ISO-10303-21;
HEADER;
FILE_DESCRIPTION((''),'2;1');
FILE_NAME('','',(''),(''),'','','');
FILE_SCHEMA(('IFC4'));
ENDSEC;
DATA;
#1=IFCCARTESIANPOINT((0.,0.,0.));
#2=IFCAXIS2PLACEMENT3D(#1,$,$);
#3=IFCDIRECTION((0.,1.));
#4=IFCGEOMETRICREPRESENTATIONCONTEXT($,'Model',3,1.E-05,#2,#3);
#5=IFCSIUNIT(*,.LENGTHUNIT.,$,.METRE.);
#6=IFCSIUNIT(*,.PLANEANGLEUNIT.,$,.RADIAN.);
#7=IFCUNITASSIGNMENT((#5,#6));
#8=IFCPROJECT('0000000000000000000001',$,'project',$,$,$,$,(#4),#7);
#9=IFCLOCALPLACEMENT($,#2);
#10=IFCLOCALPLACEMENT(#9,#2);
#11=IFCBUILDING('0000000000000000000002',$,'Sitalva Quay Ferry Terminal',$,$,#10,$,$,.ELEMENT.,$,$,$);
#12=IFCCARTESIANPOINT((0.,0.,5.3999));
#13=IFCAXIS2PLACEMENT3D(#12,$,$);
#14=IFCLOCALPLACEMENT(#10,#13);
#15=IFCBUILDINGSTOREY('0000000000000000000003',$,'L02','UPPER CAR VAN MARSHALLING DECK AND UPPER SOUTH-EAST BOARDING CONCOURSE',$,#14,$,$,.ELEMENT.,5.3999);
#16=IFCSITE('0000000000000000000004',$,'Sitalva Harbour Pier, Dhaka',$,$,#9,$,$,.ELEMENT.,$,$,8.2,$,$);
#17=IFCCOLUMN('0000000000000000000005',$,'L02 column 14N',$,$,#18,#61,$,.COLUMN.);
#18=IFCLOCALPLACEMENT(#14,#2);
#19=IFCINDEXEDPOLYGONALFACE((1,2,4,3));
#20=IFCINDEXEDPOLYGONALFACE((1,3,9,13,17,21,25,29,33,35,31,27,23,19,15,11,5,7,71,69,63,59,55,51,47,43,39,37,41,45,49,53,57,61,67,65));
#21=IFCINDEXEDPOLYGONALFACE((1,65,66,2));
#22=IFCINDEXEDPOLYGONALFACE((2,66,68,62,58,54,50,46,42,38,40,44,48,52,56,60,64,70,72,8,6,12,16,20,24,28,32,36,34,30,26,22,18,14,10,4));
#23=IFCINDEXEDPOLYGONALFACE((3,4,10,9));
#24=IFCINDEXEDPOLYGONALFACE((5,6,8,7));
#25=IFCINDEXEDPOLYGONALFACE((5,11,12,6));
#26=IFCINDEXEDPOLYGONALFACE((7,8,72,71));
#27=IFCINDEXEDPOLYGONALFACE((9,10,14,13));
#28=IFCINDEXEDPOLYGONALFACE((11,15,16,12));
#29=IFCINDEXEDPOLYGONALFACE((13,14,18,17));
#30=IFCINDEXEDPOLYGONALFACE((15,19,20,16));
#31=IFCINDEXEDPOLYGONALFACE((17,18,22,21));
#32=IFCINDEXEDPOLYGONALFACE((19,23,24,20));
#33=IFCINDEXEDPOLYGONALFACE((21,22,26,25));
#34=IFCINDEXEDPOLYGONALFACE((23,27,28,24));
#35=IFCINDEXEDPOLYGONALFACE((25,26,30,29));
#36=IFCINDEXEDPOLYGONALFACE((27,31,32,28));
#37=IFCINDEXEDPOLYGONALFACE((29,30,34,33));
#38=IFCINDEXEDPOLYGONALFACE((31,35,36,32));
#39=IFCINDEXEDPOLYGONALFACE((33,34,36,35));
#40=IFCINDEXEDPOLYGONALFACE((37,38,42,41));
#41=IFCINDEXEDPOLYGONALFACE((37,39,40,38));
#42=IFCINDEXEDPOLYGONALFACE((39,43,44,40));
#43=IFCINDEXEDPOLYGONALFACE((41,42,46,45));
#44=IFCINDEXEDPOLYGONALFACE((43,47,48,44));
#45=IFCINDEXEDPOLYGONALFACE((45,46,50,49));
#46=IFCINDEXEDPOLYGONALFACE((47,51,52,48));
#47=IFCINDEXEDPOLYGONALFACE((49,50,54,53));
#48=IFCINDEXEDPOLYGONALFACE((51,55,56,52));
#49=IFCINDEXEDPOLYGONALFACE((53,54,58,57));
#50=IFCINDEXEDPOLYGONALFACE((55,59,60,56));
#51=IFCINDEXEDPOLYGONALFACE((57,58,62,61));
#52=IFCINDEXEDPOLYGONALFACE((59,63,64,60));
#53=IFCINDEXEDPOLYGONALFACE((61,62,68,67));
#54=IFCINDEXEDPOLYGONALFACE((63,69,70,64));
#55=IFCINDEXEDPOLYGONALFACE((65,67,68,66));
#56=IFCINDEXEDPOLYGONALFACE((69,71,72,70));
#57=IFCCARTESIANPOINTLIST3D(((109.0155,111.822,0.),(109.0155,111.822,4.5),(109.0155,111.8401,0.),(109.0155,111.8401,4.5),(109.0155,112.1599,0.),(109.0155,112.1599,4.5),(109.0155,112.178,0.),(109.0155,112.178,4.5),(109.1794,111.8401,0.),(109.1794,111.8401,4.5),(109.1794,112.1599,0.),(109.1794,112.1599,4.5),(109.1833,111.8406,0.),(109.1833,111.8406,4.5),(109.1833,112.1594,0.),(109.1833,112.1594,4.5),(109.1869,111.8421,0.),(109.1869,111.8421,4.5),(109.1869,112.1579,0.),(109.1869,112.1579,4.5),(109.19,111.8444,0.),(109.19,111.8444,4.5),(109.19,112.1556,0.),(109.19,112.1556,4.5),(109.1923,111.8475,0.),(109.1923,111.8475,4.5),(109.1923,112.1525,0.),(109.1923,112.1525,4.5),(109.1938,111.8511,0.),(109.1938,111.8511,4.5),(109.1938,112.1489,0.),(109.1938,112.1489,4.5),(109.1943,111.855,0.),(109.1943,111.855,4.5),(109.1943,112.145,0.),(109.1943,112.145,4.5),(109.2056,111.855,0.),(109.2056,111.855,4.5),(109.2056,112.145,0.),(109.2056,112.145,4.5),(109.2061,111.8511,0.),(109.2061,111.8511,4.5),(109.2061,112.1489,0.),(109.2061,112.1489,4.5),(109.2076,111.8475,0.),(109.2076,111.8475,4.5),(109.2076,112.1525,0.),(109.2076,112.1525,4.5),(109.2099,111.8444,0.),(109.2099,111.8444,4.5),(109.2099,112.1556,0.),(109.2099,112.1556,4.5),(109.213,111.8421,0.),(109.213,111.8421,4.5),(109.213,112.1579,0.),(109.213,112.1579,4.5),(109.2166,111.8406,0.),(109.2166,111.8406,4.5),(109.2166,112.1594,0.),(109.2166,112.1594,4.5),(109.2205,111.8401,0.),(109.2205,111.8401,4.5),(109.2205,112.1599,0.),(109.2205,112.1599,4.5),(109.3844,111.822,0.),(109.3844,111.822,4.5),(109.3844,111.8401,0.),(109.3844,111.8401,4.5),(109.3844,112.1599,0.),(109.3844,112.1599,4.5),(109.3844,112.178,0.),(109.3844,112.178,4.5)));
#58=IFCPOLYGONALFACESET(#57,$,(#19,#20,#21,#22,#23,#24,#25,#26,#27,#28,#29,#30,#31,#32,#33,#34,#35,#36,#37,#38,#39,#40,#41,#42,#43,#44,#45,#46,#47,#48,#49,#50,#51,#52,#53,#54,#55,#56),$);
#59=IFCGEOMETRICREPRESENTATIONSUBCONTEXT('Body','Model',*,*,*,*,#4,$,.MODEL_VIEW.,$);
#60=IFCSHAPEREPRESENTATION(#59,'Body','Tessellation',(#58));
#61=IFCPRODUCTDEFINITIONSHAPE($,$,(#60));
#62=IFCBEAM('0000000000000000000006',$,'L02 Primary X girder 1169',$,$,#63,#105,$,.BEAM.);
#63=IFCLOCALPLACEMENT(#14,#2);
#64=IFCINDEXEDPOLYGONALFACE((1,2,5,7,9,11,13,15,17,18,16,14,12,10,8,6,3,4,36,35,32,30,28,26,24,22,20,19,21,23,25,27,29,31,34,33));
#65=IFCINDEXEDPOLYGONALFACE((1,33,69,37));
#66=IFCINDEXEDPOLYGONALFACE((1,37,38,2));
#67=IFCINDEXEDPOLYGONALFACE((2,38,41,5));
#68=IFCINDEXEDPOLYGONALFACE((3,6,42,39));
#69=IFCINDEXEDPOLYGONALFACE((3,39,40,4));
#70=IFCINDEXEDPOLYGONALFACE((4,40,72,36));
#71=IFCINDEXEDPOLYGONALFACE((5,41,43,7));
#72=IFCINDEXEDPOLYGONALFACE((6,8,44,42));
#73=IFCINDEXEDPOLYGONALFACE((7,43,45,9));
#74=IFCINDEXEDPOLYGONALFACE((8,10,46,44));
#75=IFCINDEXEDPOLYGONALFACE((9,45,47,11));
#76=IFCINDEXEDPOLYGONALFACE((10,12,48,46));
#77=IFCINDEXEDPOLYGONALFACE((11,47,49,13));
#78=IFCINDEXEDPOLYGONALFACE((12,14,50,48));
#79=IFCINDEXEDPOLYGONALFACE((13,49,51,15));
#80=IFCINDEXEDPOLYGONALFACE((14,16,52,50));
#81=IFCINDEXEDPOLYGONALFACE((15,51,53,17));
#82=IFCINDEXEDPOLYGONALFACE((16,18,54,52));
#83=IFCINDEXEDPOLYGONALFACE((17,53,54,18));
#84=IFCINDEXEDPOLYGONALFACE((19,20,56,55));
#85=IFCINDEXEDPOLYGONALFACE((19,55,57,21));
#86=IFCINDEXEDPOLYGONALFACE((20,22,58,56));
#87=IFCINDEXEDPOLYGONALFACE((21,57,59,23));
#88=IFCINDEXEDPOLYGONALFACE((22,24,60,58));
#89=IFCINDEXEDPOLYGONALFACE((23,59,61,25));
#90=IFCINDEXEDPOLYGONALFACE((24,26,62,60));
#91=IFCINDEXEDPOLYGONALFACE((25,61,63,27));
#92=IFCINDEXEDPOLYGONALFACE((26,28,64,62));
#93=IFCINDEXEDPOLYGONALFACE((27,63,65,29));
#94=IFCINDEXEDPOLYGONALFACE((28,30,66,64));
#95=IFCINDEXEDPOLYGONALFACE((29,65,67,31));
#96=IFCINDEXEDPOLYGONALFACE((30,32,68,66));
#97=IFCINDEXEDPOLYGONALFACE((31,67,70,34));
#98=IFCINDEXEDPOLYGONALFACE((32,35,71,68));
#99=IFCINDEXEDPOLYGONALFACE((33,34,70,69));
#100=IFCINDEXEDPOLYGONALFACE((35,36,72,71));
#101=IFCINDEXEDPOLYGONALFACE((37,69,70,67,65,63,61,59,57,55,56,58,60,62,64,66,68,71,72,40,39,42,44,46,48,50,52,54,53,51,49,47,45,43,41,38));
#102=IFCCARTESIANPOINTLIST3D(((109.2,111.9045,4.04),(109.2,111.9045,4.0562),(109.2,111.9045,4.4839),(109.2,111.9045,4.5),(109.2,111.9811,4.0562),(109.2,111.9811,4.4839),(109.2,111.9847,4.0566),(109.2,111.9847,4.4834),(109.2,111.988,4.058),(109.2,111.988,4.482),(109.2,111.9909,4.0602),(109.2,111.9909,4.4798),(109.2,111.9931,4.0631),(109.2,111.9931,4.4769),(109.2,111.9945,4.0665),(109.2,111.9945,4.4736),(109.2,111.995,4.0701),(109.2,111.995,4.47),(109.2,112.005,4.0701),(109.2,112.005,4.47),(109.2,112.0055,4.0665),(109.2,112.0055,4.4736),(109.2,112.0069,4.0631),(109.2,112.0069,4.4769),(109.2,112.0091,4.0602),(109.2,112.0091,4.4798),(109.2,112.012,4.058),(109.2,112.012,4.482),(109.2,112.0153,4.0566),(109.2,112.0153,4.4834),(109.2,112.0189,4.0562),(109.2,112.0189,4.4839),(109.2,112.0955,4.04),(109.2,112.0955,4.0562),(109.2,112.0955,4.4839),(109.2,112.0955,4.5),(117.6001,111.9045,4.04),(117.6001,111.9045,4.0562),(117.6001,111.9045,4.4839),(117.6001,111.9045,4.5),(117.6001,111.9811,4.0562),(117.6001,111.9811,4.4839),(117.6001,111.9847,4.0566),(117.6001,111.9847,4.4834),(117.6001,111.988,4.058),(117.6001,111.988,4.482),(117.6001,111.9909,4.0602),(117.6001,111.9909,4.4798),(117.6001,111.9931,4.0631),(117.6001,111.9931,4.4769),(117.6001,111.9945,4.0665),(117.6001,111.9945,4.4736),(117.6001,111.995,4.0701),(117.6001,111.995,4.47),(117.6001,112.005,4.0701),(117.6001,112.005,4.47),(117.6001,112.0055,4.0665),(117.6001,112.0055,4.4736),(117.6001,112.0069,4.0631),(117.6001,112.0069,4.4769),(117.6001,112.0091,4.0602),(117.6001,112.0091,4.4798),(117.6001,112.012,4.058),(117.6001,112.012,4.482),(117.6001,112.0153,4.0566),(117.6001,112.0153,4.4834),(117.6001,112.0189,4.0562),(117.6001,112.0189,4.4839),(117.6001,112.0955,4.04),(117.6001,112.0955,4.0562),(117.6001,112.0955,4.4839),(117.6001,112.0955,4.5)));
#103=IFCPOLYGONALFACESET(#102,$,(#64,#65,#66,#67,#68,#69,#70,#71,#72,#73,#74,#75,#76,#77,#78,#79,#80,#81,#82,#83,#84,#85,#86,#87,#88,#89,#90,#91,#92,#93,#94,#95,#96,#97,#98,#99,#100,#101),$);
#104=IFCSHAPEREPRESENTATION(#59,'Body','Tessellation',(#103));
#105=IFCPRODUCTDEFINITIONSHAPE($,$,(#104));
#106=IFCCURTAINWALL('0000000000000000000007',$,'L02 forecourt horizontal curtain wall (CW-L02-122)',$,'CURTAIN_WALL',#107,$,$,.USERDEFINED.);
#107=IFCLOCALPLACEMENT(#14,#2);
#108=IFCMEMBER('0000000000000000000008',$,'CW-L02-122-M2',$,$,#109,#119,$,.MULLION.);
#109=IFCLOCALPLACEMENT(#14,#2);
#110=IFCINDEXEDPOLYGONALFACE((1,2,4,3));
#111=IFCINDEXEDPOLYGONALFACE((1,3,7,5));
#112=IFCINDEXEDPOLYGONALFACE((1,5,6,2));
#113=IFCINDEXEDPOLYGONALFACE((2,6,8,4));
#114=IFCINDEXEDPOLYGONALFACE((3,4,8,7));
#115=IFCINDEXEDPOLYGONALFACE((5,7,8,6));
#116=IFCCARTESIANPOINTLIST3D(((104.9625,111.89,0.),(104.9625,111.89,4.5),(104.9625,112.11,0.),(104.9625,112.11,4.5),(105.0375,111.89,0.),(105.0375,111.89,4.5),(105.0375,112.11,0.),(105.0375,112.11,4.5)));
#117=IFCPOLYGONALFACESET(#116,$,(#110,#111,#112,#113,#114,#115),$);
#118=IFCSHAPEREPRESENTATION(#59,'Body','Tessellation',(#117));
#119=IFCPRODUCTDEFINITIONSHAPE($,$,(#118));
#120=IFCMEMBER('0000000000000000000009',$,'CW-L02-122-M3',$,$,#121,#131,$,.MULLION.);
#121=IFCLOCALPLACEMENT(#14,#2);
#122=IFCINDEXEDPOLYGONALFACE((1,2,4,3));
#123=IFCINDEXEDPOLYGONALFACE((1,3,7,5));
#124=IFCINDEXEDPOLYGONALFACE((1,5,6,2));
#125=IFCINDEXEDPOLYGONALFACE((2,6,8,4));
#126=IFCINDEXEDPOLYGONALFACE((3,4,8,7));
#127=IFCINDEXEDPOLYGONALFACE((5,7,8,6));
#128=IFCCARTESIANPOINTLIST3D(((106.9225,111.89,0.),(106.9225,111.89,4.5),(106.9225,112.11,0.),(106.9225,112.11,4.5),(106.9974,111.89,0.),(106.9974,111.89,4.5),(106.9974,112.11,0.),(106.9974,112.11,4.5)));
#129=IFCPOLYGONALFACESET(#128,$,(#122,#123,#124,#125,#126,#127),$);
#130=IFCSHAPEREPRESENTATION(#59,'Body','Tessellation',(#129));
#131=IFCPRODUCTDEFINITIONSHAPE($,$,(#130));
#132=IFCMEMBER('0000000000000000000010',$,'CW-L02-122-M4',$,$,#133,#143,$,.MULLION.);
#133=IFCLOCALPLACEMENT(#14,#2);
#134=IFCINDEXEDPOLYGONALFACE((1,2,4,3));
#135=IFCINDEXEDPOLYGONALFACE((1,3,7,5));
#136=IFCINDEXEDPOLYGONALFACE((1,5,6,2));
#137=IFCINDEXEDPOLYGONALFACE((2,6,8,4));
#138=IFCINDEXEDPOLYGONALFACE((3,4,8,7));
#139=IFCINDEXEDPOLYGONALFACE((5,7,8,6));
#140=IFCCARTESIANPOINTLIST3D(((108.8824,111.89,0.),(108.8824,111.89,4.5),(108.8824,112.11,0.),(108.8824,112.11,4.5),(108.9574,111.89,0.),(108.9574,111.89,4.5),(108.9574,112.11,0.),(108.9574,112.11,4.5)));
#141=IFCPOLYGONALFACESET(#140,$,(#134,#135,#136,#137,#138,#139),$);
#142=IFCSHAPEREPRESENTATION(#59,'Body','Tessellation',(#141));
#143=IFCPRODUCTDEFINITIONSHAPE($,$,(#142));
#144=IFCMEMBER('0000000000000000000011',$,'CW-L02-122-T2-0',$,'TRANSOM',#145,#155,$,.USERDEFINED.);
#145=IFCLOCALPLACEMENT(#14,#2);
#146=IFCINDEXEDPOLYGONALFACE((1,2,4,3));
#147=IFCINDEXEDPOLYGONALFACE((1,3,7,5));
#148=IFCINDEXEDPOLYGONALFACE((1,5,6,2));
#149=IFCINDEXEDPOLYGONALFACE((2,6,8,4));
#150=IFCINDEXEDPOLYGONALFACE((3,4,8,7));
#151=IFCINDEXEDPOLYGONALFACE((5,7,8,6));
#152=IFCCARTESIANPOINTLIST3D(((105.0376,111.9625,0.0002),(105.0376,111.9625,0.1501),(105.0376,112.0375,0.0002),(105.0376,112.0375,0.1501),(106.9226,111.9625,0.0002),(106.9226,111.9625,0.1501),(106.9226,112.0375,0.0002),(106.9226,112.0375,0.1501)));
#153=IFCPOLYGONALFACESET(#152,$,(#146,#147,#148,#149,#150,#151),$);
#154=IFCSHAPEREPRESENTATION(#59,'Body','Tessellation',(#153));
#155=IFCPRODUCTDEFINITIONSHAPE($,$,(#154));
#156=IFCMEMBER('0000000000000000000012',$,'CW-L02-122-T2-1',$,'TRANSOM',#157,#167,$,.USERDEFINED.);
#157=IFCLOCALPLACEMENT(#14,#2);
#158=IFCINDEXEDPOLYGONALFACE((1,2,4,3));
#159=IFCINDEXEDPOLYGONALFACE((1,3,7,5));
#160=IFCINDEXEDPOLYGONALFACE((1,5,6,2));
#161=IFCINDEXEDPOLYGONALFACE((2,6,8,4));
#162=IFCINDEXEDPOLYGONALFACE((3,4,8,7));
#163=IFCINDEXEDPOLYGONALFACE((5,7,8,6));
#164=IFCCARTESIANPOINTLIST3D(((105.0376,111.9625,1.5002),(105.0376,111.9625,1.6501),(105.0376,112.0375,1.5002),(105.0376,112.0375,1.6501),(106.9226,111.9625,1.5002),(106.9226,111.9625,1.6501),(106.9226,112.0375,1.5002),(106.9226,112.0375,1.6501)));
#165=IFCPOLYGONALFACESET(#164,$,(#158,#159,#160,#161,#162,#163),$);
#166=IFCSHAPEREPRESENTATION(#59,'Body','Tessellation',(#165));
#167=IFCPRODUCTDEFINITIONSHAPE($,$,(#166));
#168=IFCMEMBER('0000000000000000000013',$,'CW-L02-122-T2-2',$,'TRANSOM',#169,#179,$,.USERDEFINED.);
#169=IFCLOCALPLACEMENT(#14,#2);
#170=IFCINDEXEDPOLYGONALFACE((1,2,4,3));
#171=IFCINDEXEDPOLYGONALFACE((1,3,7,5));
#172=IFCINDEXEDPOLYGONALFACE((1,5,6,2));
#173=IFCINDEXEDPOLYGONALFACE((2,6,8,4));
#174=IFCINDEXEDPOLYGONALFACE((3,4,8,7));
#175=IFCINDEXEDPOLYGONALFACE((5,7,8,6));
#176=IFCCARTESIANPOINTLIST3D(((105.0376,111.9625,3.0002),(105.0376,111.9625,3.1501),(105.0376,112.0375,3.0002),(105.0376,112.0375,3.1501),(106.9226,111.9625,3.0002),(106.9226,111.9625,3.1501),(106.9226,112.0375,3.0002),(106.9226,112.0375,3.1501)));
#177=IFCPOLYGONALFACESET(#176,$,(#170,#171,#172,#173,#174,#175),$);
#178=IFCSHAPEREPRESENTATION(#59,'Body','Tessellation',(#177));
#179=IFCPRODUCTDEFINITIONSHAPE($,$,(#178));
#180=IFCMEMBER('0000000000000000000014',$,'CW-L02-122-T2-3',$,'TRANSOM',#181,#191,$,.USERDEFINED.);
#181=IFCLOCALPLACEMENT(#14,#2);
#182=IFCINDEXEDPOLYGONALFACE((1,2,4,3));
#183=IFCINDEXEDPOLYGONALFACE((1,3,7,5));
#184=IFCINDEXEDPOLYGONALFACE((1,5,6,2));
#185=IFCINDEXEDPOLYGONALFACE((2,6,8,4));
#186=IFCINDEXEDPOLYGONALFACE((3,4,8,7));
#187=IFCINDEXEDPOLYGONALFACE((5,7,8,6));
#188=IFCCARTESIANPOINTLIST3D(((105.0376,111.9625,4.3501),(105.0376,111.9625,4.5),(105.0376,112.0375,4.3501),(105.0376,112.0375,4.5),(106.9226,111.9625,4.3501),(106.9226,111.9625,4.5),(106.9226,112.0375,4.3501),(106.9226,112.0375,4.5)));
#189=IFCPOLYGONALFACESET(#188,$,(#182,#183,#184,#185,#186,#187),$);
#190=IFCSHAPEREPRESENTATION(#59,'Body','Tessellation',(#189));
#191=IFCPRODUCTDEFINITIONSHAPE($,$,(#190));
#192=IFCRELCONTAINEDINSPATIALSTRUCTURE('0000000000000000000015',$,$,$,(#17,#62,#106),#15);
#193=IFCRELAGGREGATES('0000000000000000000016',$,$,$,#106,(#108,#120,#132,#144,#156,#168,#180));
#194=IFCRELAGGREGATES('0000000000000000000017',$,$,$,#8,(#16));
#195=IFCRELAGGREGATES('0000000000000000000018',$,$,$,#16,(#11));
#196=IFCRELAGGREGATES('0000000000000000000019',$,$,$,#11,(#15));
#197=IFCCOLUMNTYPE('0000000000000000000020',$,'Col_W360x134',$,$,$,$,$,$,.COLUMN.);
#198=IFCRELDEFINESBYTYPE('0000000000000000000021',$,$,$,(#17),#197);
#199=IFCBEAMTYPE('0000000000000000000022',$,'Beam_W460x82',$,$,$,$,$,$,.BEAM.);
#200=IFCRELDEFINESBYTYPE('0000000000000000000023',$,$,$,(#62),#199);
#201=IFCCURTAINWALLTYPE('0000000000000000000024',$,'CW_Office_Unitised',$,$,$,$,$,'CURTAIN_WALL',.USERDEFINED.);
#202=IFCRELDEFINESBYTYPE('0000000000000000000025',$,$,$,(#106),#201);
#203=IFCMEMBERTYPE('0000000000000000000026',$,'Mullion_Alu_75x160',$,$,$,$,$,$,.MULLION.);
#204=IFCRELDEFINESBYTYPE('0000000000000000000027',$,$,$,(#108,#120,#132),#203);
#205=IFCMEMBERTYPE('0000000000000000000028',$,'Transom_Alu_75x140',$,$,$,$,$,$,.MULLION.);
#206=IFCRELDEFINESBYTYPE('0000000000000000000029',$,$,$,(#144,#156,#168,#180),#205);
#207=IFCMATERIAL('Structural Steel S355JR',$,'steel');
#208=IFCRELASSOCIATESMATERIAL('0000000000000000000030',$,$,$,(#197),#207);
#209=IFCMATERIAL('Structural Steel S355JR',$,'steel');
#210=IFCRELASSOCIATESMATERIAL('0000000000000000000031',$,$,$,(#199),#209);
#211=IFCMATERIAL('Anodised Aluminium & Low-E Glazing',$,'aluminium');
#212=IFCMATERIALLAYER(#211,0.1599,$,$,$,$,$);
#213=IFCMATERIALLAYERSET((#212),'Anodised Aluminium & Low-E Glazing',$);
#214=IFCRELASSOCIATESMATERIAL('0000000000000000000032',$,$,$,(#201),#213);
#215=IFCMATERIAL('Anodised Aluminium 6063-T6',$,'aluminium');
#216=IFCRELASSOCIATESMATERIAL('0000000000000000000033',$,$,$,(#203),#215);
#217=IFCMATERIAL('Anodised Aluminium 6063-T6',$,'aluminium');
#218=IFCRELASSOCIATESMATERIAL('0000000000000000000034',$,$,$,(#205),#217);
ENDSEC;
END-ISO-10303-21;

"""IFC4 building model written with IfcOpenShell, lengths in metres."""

from ifc_helpers import new_model, si_unit, direction, frame, origin, origin_2d, place, context, subcontext, project, spatial, rectangle, i_section, extrude, material, layer, layer_set, material_profile, profile_set, type_object, element, aggregate, save


model = new_model("IFC4")

# Units and contexts
model_context = context("Model", 3, precision=1e-05, world=origin(), true_north=direction((0.0, 1.0)))
body_context = subcontext(model_context, "Body", "Model", "MODEL_VIEW")
ifc_project = project(units=[si_unit("LENGTHUNIT", "METRE"), si_unit("PLANEANGLEUNIT", "RADIAN")], contexts=[model_context])

# Site, building, storey
site_placement = place(None, origin())
site = spatial("IfcSite", under=ifc_project, at=site_placement, Name="Sitalva Harbour Pier, Dhaka", CompositionType="ELEMENT", RefElevation=8.2)
building_placement = place(site_placement, origin())
building = spatial("IfcBuilding", under=site, at=building_placement, Name="Sitalva Quay Ferry Terminal", CompositionType="ELEMENT")
storey_placement = place(building_placement, frame((0.0, 0.0, 5.3999)))
storey = spatial("IfcBuildingStorey", under=building, at=storey_placement, Name="L02", Description="UPPER CAR VAN MARSHALLING DECK AND UPPER SOUTH-EAST BOARDING CONCOURSE", CompositionType="ELEMENT", Elevation=5.3999)

# Column
ifc_material_1 = material(Name="Structural Steel S355JR", Category="steel")
ifc_material_profile_1 = material_profile(ifc_material_1, i_section(OverallWidth=0.3689, OverallDepth=0.356, WebThickness=0.0112, FlangeThickness=0.0181, FilletRadius=0.0149, at=origin_2d()), Name="W360x134")
ifc_profile_set_1 = profile_set([ifc_material_profile_1], Name="Structural Steel S355JR")
column_type = type_object("IfcColumnType", Name="Col_W360x134", PredefinedType="COLUMN", material=ifc_profile_set_1)
column_placement = place(storey_placement, frame((109.2, 112.0, 0.0), z_axis=(0.0, 0.0, 1.0), x_axis=(1.0, 0.0, 0.0)))
element("IfcColumn", 1, at=column_placement, inside=storey, type_object=column_type, Name="L02 column 14N", PredefinedType="COLUMN", context=body_context, shape_type="SweptSolid", body=[
    extrude(i_section(OverallWidth=0.3689, OverallDepth=0.356, WebThickness=0.0112, FlangeThickness=0.0181, FilletRadius=0.0149, at=origin_2d()), origin(), (0.0, 0.0, 1.0), 4.5),
])

# Beam
ifc_material_2 = material(Name="Structural Steel S355JR", Category="steel")
ifc_material_profile_2 = material_profile(ifc_material_2, i_section(OverallWidth=0.1909, OverallDepth=0.46, WebThickness=0.01, FlangeThickness=0.0161, FilletRadius=0.0139, at=origin_2d()), Name="W460x82")
ifc_profile_set_2 = profile_set([ifc_material_profile_2], Name="Structural Steel S355JR")
beam_type = type_object("IfcBeamType", Name="Beam_W460x82", PredefinedType="BEAM", material=ifc_profile_set_2)
beam_placement = place(storey_placement, frame((109.2, 112.0, 4.27), z_axis=(1.0, 0.0, 0.0), x_axis=(0.0, 1.0, 0.0)))
element("IfcBeam", 2, at=beam_placement, inside=storey, type_object=beam_type, Name="L02 Primary X girder 1169", PredefinedType="BEAM", context=body_context, shape_type="SweptSolid", body=[
    extrude(i_section(OverallWidth=0.1909, OverallDepth=0.46, WebThickness=0.01, FlangeThickness=0.0161, FilletRadius=0.0139, at=origin_2d()), origin(), (0.0, 0.0, 1.0), 8.4001),
])

# Curtain wall, members
ifc_material_3 = material(Name="Anodised Aluminium & Low-E Glazing", Category="aluminium")
ifc_layer_1 = layer(ifc_material_3, 0.1599)
ifc_layer_set_1 = layer_set([ifc_layer_1], Name="Anodised Aluminium & Low-E Glazing")
curtain_wall_type = type_object("IfcCurtainWallType", Name="CW_Office_Unitised", ElementType="CURTAIN_WALL", PredefinedType="USERDEFINED", material=ifc_layer_set_1)
curtain_wall_placement = place(storey_placement, origin())
curtain_wall = element("IfcCurtainWall", 3, at=curtain_wall_placement, inside=storey, type_object=curtain_wall_type, Name="L02 forecourt horizontal curtain wall (CW-L02-122)", ObjectType="CURTAIN_WALL", PredefinedType="USERDEFINED")
ifc_material_4 = material(Name="Anodised Aluminium 6063-T6", Category="aluminium")
ifc_material_profile_3 = material_profile(ifc_material_4, rectangle(XDim=0.075, YDim=0.22, at=origin_2d()), Name="ALU75x220")
ifc_profile_set_3 = profile_set([ifc_material_profile_3], Name="Anodised Aluminium 6063-T6")
member_type_1 = type_object("IfcMemberType", Name="Mullion_Alu_75x160", PredefinedType="MULLION", material=ifc_profile_set_3)
member_1_placement = place(storey_placement, frame((105.0, 112.0, 0.0), z_axis=(0.0, 0.0, 1.0), x_axis=(1.0, 0.0, 0.0)))
member_1 = element("IfcMember", 4, at=member_1_placement, type_object=member_type_1, Name="CW-L02-122-M2", PredefinedType="MULLION", context=body_context, shape_type="SweptSolid", body=[
    extrude(rectangle(XDim=0.075, YDim=0.22, at=origin_2d()), origin(), (0.0, 0.0, 1.0), 4.5),
])
member_2_placement = place(storey_placement, frame((106.96, 112.0, 0.0), z_axis=(0.0, 0.0, 1.0), x_axis=(1.0, 0.0, 0.0)))
member_2 = element("IfcMember", 5, at=member_2_placement, type_object=member_type_1, Name="CW-L02-122-M3", PredefinedType="MULLION", context=body_context, shape_type="SweptSolid", body=[
    extrude(rectangle(XDim=0.075, YDim=0.22, at=origin_2d()), origin(), (0.0, 0.0, 1.0), 4.5),
])
member_3_placement = place(storey_placement, frame((108.9199, 112.0, 0.0), z_axis=(0.0, 0.0, 1.0), x_axis=(1.0, 0.0, 0.0)))
member_3 = element("IfcMember", 6, at=member_3_placement, type_object=member_type_1, Name="CW-L02-122-M4", PredefinedType="MULLION", context=body_context, shape_type="SweptSolid", body=[
    extrude(rectangle(XDim=0.075, YDim=0.22, at=origin_2d()), origin(), (0.0, 0.0, 1.0), 4.5),
])
ifc_material_5 = material(Name="Anodised Aluminium 6063-T6", Category="aluminium")
ifc_material_profile_4 = material_profile(ifc_material_5, rectangle(XDim=0.075, YDim=0.1499, at=origin_2d()), Name="ALU75x150")
ifc_profile_set_4 = profile_set([ifc_material_profile_4], Name="Anodised Aluminium 6063-T6")
member_type_2 = type_object("IfcMemberType", Name="Transom_Alu_75x140", PredefinedType="MULLION", material=ifc_profile_set_4)
member_4_placement = place(storey_placement, frame((105.0376, 112.0, 0.0752), z_axis=(1.0, 0.0, 0.0), x_axis=(0.0, 1.0, 0.0)))
member_4 = element("IfcMember", 7, at=member_4_placement, type_object=member_type_2, Name="CW-L02-122-T2-0", ObjectType="TRANSOM", PredefinedType="USERDEFINED", context=body_context, shape_type="SweptSolid", body=[
    extrude(rectangle(XDim=0.075, YDim=0.1499, at=origin_2d()), origin(), (0.0, 0.0, 1.0), 1.885),
])
member_5_placement = place(storey_placement, frame((105.0376, 112.0, 1.5752), z_axis=(1.0, 0.0, 0.0), x_axis=(0.0, 1.0, 0.0)))
member_5 = element("IfcMember", 8, at=member_5_placement, type_object=member_type_2, Name="CW-L02-122-T2-1", ObjectType="TRANSOM", PredefinedType="USERDEFINED", context=body_context, shape_type="SweptSolid", body=[
    extrude(rectangle(XDim=0.075, YDim=0.1499, at=origin_2d()), origin(), (0.0, 0.0, 1.0), 1.885),
])
member_6_placement = place(storey_placement, frame((105.0376, 112.0, 3.0752), z_axis=(1.0, 0.0, 0.0), x_axis=(0.0, 1.0, 0.0)))
member_6 = element("IfcMember", 9, at=member_6_placement, type_object=member_type_2, Name="CW-L02-122-T2-2", ObjectType="TRANSOM", PredefinedType="USERDEFINED", context=body_context, shape_type="SweptSolid", body=[
    extrude(rectangle(XDim=0.075, YDim=0.1499, at=origin_2d()), origin(), (0.0, 0.0, 1.0), 1.885),
])
member_7_placement = place(storey_placement, frame((105.0376, 112.0, 4.425), z_axis=(1.0, 0.0, 0.0), x_axis=(0.0, 1.0, 0.0)))
member_7 = element("IfcMember", 10, at=member_7_placement, type_object=member_type_2, Name="CW-L02-122-T2-3", ObjectType="TRANSOM", PredefinedType="USERDEFINED", context=body_context, shape_type="SweptSolid", body=[
    extrude(rectangle(XDim=0.075, YDim=0.1499, at=origin_2d()), origin(), (0.0, 0.0, 1.0), 1.885),
])
aggregate(curtain_wall, [member_1, member_2, member_3, member_4, member_5, member_6, member_7])

save(model, "model.ifc")
